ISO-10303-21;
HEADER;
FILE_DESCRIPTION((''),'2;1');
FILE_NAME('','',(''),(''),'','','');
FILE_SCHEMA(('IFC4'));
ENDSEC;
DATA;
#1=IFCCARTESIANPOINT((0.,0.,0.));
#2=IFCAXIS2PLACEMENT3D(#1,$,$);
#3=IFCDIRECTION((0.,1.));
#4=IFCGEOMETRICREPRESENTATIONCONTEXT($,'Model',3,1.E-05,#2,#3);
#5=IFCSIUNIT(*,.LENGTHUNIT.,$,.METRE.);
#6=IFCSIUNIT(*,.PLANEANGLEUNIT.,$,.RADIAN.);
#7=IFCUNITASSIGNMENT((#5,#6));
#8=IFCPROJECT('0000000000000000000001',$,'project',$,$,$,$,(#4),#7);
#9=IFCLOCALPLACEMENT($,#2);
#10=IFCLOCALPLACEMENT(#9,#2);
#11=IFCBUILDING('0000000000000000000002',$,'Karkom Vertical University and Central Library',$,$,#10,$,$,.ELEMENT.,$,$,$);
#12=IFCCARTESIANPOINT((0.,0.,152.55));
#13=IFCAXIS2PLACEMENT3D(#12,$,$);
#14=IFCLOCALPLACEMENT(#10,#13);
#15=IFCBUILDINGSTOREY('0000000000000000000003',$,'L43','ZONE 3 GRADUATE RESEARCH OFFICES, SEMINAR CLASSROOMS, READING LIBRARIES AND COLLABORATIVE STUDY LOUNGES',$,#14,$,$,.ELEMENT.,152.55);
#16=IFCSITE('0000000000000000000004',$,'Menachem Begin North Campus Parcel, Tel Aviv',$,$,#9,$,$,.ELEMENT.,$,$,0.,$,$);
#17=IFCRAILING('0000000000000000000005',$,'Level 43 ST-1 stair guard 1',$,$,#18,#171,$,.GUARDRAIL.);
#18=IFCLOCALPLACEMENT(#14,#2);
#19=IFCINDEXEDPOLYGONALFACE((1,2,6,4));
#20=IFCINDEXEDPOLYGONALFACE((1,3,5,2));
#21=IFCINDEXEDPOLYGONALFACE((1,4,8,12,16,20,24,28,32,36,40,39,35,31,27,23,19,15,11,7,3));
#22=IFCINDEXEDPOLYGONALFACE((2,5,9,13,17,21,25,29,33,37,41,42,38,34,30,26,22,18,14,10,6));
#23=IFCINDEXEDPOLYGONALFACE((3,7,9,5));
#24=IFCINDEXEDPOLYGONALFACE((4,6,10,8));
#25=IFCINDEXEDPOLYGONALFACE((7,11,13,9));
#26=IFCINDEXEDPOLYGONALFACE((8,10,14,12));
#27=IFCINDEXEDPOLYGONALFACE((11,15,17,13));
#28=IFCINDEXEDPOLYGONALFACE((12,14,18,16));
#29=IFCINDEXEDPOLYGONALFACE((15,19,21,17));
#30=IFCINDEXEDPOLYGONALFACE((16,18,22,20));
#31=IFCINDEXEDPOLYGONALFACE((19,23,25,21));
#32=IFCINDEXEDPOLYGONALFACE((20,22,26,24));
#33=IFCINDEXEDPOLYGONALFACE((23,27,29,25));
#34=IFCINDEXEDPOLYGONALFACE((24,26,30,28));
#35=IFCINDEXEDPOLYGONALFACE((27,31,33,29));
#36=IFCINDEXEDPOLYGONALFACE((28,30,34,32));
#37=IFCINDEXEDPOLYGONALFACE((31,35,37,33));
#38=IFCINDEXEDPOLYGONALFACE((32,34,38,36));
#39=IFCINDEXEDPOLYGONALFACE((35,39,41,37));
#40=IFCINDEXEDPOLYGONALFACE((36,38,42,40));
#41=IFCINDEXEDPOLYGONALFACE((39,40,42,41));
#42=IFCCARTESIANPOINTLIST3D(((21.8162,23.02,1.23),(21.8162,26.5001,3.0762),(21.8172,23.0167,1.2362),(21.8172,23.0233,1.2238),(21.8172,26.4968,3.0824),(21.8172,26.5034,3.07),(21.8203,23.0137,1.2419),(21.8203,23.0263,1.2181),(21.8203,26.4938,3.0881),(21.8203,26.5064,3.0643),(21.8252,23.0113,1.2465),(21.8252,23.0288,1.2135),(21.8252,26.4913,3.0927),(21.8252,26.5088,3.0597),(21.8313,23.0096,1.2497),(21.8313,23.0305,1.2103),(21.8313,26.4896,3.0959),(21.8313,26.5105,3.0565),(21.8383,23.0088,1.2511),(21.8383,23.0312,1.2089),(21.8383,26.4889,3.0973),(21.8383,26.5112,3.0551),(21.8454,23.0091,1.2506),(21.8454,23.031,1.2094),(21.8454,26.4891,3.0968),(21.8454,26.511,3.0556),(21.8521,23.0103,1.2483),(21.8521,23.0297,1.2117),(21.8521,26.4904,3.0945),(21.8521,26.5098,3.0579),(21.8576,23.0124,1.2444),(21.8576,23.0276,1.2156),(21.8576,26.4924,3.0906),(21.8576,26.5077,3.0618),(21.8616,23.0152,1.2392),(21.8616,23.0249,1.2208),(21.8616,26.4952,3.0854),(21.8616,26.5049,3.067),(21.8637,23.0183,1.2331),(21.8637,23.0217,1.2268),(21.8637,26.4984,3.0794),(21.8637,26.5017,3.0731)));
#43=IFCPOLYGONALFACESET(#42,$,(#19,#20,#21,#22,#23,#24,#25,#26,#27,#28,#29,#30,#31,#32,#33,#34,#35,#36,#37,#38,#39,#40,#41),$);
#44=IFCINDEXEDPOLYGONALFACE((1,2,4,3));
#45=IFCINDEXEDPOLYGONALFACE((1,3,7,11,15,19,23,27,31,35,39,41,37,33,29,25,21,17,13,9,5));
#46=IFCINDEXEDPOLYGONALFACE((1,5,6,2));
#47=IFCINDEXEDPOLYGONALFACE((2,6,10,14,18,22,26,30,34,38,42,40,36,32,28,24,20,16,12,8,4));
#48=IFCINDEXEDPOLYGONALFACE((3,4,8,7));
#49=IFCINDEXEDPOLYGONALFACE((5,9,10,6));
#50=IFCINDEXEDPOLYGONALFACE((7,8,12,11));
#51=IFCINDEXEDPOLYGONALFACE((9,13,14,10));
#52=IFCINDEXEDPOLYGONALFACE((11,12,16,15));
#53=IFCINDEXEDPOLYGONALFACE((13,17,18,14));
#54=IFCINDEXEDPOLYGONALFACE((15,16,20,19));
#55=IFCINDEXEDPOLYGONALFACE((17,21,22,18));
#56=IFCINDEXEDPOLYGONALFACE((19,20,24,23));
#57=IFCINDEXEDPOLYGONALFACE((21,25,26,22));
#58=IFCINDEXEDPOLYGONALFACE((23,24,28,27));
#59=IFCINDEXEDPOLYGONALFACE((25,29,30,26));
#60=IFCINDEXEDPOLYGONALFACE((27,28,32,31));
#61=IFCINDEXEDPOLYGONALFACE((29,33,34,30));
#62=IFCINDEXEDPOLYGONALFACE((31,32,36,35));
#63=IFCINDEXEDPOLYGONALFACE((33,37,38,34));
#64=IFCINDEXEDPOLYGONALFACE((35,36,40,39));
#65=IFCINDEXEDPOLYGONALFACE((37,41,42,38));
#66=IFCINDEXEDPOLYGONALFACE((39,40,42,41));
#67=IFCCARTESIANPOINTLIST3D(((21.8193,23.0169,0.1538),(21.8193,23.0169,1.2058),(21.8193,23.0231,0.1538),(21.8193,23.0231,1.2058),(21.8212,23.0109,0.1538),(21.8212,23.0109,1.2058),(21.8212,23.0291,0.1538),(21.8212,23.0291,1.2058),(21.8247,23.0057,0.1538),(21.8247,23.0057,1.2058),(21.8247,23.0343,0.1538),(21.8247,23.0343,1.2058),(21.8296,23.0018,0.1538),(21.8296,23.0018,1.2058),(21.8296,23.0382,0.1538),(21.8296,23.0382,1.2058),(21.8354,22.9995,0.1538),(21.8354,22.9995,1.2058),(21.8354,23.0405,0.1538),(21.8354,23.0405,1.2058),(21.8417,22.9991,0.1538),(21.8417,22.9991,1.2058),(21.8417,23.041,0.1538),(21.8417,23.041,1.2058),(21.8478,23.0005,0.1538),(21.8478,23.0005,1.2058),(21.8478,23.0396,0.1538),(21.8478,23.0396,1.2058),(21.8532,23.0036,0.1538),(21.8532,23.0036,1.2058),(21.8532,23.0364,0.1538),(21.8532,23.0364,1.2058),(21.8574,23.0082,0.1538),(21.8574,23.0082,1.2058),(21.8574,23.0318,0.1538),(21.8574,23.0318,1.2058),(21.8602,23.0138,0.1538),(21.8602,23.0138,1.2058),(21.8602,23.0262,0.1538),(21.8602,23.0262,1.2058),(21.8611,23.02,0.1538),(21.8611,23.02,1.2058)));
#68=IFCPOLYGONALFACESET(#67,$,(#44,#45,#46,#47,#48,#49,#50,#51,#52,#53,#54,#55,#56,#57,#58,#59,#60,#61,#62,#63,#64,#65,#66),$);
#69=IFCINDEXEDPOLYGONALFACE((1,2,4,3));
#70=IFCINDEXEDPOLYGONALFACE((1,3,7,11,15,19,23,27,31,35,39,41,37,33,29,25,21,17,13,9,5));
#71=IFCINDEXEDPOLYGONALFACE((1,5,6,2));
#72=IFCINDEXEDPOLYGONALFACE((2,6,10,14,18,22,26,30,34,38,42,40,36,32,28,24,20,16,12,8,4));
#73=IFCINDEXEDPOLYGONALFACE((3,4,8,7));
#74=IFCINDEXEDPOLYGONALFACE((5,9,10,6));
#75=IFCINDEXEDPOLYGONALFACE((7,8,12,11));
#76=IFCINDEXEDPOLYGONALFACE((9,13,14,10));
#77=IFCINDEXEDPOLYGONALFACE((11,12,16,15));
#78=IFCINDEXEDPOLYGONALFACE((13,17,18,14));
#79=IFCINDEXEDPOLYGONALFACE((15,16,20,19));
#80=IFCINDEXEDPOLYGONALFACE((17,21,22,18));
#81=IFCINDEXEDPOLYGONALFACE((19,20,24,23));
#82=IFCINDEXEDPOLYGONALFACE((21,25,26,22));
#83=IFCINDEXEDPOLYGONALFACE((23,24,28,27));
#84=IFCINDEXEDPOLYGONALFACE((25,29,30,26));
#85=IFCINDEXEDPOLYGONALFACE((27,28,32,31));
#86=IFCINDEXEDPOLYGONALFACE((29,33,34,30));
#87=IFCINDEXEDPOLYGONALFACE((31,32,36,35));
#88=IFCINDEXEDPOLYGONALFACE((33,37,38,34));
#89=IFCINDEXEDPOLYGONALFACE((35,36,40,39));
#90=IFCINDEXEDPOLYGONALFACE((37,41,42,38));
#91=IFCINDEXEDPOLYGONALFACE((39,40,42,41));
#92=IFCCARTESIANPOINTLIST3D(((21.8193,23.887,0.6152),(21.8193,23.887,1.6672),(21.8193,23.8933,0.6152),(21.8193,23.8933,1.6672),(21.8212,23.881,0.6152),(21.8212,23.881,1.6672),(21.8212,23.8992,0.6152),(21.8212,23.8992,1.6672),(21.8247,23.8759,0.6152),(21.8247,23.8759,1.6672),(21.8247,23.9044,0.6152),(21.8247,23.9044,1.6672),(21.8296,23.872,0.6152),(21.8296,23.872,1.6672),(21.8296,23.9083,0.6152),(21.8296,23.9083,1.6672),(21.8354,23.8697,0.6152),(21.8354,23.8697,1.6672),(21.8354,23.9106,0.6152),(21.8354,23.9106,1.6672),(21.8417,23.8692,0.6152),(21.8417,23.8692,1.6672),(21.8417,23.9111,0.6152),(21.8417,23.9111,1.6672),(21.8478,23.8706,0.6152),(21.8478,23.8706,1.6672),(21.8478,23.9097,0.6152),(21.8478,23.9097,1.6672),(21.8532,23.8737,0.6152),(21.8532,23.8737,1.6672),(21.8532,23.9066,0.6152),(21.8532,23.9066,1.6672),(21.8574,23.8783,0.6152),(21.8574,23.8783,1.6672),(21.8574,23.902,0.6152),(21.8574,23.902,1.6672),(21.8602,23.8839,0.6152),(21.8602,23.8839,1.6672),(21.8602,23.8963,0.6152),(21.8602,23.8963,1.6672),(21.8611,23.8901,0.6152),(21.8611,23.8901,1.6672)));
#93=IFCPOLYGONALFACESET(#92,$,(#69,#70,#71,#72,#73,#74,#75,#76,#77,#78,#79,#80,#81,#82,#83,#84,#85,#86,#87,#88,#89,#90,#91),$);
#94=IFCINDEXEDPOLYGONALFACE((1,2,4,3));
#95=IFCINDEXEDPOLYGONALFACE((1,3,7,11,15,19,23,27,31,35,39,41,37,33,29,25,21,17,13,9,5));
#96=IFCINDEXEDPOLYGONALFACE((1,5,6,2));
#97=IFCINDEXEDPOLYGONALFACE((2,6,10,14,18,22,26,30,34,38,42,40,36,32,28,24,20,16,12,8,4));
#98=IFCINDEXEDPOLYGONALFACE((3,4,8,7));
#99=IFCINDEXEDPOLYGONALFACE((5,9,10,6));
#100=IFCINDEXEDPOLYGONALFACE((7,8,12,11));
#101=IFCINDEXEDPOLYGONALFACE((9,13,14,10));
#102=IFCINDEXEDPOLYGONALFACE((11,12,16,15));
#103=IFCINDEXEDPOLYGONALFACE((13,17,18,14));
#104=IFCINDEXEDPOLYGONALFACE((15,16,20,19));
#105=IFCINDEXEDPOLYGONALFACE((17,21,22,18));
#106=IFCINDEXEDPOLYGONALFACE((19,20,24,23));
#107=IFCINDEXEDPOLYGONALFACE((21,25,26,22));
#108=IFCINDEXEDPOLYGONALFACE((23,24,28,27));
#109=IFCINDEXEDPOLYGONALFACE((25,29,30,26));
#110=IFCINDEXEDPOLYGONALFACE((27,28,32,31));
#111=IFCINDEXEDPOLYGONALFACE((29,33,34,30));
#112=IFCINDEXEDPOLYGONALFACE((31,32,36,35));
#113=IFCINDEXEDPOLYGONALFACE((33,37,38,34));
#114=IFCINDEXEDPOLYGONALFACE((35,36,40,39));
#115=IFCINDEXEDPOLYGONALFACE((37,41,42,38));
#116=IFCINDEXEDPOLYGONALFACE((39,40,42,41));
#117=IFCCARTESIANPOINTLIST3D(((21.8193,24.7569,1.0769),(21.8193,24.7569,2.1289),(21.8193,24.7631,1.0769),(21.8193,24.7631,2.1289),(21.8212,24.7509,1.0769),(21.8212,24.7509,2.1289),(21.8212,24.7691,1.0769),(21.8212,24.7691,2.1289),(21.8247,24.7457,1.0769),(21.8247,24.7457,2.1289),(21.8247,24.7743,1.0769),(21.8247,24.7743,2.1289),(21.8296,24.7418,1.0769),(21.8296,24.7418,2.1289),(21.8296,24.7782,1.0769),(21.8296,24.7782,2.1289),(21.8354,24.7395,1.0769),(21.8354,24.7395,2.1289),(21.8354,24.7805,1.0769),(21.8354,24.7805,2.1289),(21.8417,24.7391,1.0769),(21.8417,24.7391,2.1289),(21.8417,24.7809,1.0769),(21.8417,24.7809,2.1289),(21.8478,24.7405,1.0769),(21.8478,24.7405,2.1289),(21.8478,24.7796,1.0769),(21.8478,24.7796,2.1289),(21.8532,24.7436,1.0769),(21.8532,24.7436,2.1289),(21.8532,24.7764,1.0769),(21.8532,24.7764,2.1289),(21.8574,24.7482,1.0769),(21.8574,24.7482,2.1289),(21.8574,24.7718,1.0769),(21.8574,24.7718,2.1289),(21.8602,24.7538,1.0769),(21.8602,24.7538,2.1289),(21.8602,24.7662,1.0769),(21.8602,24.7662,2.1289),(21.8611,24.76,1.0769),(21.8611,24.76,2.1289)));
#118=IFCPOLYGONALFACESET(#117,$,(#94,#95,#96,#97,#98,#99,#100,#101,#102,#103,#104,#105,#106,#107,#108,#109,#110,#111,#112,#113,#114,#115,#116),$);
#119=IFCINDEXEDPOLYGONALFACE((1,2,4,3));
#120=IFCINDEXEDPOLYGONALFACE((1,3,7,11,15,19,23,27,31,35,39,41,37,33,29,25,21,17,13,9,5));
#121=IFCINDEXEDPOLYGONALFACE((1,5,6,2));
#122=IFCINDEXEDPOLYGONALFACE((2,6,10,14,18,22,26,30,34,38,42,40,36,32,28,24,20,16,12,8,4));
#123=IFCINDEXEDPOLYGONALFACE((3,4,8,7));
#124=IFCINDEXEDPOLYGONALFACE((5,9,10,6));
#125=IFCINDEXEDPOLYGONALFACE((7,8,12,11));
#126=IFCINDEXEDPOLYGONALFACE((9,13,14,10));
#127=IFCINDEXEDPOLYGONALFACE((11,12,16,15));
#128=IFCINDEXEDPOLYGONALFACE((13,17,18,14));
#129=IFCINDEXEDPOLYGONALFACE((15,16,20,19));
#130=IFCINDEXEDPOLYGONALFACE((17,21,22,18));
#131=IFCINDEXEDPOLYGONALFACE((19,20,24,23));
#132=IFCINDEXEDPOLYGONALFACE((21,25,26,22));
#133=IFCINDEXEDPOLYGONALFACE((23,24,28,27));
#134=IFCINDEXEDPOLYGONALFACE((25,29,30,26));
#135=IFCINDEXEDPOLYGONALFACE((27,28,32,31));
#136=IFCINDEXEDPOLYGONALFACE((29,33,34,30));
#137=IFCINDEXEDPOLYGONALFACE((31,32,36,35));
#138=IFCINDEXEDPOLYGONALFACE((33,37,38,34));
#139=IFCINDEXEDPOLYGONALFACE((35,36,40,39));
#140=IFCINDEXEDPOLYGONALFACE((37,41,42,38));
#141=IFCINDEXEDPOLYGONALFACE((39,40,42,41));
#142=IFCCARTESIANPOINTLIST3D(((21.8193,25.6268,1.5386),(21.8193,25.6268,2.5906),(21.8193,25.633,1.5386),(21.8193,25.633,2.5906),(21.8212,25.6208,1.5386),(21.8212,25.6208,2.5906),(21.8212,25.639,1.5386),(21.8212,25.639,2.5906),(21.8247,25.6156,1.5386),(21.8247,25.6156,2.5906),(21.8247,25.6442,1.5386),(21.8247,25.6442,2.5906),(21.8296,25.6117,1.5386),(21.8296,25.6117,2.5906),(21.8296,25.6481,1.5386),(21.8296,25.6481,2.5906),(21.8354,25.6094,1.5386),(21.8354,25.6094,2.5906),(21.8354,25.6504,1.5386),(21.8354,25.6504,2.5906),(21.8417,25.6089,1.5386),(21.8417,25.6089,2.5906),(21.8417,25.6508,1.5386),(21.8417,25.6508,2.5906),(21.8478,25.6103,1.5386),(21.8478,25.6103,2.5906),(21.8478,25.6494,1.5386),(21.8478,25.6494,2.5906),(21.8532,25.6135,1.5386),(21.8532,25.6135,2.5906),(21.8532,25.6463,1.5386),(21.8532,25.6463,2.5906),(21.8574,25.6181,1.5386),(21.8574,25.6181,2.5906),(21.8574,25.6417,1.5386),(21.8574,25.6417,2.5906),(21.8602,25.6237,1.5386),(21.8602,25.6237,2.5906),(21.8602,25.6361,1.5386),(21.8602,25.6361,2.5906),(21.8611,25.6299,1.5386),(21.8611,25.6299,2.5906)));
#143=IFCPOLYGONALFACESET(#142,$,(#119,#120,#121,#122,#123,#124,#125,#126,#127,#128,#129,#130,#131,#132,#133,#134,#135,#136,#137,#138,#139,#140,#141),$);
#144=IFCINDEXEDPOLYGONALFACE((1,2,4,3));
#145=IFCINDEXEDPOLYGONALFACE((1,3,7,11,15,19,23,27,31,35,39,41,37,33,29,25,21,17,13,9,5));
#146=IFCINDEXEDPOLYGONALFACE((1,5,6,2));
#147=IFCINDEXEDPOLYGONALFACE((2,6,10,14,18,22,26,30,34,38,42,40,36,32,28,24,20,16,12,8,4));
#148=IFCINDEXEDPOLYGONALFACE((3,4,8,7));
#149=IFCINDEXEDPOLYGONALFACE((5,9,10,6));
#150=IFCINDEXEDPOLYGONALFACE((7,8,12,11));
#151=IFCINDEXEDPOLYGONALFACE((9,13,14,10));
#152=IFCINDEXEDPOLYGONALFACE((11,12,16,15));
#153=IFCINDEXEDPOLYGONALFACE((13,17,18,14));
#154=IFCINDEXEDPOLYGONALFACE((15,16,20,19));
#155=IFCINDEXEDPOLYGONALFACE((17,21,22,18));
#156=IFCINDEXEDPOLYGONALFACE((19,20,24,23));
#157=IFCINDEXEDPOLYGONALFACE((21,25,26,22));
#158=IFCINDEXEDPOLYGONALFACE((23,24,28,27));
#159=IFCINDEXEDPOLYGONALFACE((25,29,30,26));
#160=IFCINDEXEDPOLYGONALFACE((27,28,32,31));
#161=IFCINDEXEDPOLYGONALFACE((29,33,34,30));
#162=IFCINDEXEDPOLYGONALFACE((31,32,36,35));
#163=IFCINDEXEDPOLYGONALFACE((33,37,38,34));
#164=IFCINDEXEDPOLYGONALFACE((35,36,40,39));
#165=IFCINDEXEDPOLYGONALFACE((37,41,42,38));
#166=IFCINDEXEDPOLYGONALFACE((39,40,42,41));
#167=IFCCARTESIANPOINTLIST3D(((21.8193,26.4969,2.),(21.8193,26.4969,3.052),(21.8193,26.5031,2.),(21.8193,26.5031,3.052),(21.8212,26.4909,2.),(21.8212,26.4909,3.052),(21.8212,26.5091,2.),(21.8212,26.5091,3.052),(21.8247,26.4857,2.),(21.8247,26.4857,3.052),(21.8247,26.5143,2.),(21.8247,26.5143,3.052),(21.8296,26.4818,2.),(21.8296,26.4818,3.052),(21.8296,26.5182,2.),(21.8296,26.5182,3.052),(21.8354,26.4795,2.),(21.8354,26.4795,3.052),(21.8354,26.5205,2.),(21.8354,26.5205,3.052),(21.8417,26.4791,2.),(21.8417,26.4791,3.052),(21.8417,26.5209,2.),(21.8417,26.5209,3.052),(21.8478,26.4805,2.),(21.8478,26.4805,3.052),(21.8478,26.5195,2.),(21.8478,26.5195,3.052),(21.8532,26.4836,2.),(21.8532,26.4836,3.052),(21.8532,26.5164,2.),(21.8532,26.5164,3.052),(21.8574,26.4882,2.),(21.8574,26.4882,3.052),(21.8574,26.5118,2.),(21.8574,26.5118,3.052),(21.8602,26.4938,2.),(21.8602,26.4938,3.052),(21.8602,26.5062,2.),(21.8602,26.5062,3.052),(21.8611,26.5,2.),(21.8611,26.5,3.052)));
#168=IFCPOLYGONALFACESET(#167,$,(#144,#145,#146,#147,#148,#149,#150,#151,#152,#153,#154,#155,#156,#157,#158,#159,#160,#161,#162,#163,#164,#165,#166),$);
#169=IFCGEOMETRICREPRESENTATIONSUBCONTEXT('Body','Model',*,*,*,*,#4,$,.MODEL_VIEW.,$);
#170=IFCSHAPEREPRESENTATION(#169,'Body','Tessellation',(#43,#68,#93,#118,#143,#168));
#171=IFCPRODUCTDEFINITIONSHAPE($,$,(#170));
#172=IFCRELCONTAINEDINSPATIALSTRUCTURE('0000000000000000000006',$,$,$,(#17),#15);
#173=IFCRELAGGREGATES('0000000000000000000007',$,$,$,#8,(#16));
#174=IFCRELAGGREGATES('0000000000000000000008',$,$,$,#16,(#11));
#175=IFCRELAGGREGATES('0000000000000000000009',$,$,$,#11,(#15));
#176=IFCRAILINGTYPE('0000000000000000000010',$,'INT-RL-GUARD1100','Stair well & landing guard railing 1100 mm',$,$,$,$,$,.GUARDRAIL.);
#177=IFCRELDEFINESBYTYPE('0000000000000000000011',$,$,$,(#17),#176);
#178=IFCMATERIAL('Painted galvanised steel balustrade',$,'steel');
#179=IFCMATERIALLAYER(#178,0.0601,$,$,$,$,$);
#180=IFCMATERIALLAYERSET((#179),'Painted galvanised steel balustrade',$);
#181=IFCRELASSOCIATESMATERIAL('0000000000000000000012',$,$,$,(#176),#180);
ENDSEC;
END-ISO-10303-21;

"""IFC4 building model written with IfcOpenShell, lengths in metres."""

from ifc_helpers import new_model, si_unit, direction, frame, origin, origin_2d, place, context, subcontext, project, spatial, circle, extrude, material, layer, layer_set, type_object, element, save


model = new_model("IFC4")

# Units and contexts
model_context = context("Model", 3, precision=1e-05, world=origin(), true_north=direction((0.0, 1.0)))
body_context = subcontext(model_context, "Body", "Model", "MODEL_VIEW")
ifc_project = project(units=[si_unit("LENGTHUNIT", "METRE"), si_unit("PLANEANGLEUNIT", "RADIAN")], contexts=[model_context])

# Site, building, storey
site_placement = place(None, origin())
site = spatial("IfcSite", under=ifc_project, at=site_placement, Name="Menachem Begin North Campus Parcel, Tel Aviv", CompositionType="ELEMENT", RefElevation=0.0)
building_placement = place(site_placement, origin())
building = spatial("IfcBuilding", under=site, at=building_placement, Name="Karkom Vertical University and Central Library", CompositionType="ELEMENT")
storey_placement = place(building_placement, frame((0.0, 0.0, 152.55)))
storey = spatial("IfcBuildingStorey", under=building, at=storey_placement, Name="L43", Description="ZONE 3 GRADUATE RESEARCH OFFICES, SEMINAR CLASSROOMS, READING LIBRARIES AND COLLABORATIVE STUDY LOUNGES", CompositionType="ELEMENT", Elevation=152.55)

# Railing
ifc_material_1 = material(Name="Painted galvanised steel balustrade", Category="steel")
ifc_layer_1 = layer(ifc_material_1, 0.0601)
ifc_layer_set_1 = layer_set([ifc_layer_1], Name="Painted galvanised steel balustrade")
railing_type_1 = type_object("IfcRailingType", Name="INT-RL-GUARD1100", Description="Stair well & landing guard railing 1100 mm", PredefinedType="GUARDRAIL", material=ifc_layer_set_1)
railing_1_placement = place(storey_placement, frame((21.8401, 23.02, 0.1538)))
element("IfcRailing", 1, at=railing_1_placement, inside=storey, type_object=railing_type_1, Name="Level 43 ST-1 stair guard 1", PredefinedType="GUARDRAIL", context=body_context, shape_type="SweptSolid", body=[
    extrude(circle(Radius=0.0239, at=origin_2d()), frame((0.0, 0.0, 1.0762), z_axis=(0.0, 0.883384, 0.468651), x_axis=(-1.0, 0.0, 0.0)), (0.0, 0.0, 1.0), 3.9395),
    extrude(circle(Radius=0.021, at=origin_2d()), origin(), (0.0, 0.0, 1.0), 1.052),
    extrude(circle(Radius=0.021, at=origin_2d()), frame((0.0, 0.8701, 0.4614)), (0.0, 0.0, 1.0), 1.052),
    extrude(circle(Radius=0.021, at=origin_2d()), frame((0.0, 1.74, 0.9231)), (0.0, 0.0, 1.0), 1.052),
    extrude(circle(Radius=0.021, at=origin_2d()), frame((0.0, 2.6099, 1.3848)), (0.0, 0.0, 1.0), 1.052),
    extrude(circle(Radius=0.021, at=origin_2d()), frame((0.0, 3.48, 1.8462)), (0.0, 0.0, 1.0), 1.052),
])

save(model, "model.ifc")
